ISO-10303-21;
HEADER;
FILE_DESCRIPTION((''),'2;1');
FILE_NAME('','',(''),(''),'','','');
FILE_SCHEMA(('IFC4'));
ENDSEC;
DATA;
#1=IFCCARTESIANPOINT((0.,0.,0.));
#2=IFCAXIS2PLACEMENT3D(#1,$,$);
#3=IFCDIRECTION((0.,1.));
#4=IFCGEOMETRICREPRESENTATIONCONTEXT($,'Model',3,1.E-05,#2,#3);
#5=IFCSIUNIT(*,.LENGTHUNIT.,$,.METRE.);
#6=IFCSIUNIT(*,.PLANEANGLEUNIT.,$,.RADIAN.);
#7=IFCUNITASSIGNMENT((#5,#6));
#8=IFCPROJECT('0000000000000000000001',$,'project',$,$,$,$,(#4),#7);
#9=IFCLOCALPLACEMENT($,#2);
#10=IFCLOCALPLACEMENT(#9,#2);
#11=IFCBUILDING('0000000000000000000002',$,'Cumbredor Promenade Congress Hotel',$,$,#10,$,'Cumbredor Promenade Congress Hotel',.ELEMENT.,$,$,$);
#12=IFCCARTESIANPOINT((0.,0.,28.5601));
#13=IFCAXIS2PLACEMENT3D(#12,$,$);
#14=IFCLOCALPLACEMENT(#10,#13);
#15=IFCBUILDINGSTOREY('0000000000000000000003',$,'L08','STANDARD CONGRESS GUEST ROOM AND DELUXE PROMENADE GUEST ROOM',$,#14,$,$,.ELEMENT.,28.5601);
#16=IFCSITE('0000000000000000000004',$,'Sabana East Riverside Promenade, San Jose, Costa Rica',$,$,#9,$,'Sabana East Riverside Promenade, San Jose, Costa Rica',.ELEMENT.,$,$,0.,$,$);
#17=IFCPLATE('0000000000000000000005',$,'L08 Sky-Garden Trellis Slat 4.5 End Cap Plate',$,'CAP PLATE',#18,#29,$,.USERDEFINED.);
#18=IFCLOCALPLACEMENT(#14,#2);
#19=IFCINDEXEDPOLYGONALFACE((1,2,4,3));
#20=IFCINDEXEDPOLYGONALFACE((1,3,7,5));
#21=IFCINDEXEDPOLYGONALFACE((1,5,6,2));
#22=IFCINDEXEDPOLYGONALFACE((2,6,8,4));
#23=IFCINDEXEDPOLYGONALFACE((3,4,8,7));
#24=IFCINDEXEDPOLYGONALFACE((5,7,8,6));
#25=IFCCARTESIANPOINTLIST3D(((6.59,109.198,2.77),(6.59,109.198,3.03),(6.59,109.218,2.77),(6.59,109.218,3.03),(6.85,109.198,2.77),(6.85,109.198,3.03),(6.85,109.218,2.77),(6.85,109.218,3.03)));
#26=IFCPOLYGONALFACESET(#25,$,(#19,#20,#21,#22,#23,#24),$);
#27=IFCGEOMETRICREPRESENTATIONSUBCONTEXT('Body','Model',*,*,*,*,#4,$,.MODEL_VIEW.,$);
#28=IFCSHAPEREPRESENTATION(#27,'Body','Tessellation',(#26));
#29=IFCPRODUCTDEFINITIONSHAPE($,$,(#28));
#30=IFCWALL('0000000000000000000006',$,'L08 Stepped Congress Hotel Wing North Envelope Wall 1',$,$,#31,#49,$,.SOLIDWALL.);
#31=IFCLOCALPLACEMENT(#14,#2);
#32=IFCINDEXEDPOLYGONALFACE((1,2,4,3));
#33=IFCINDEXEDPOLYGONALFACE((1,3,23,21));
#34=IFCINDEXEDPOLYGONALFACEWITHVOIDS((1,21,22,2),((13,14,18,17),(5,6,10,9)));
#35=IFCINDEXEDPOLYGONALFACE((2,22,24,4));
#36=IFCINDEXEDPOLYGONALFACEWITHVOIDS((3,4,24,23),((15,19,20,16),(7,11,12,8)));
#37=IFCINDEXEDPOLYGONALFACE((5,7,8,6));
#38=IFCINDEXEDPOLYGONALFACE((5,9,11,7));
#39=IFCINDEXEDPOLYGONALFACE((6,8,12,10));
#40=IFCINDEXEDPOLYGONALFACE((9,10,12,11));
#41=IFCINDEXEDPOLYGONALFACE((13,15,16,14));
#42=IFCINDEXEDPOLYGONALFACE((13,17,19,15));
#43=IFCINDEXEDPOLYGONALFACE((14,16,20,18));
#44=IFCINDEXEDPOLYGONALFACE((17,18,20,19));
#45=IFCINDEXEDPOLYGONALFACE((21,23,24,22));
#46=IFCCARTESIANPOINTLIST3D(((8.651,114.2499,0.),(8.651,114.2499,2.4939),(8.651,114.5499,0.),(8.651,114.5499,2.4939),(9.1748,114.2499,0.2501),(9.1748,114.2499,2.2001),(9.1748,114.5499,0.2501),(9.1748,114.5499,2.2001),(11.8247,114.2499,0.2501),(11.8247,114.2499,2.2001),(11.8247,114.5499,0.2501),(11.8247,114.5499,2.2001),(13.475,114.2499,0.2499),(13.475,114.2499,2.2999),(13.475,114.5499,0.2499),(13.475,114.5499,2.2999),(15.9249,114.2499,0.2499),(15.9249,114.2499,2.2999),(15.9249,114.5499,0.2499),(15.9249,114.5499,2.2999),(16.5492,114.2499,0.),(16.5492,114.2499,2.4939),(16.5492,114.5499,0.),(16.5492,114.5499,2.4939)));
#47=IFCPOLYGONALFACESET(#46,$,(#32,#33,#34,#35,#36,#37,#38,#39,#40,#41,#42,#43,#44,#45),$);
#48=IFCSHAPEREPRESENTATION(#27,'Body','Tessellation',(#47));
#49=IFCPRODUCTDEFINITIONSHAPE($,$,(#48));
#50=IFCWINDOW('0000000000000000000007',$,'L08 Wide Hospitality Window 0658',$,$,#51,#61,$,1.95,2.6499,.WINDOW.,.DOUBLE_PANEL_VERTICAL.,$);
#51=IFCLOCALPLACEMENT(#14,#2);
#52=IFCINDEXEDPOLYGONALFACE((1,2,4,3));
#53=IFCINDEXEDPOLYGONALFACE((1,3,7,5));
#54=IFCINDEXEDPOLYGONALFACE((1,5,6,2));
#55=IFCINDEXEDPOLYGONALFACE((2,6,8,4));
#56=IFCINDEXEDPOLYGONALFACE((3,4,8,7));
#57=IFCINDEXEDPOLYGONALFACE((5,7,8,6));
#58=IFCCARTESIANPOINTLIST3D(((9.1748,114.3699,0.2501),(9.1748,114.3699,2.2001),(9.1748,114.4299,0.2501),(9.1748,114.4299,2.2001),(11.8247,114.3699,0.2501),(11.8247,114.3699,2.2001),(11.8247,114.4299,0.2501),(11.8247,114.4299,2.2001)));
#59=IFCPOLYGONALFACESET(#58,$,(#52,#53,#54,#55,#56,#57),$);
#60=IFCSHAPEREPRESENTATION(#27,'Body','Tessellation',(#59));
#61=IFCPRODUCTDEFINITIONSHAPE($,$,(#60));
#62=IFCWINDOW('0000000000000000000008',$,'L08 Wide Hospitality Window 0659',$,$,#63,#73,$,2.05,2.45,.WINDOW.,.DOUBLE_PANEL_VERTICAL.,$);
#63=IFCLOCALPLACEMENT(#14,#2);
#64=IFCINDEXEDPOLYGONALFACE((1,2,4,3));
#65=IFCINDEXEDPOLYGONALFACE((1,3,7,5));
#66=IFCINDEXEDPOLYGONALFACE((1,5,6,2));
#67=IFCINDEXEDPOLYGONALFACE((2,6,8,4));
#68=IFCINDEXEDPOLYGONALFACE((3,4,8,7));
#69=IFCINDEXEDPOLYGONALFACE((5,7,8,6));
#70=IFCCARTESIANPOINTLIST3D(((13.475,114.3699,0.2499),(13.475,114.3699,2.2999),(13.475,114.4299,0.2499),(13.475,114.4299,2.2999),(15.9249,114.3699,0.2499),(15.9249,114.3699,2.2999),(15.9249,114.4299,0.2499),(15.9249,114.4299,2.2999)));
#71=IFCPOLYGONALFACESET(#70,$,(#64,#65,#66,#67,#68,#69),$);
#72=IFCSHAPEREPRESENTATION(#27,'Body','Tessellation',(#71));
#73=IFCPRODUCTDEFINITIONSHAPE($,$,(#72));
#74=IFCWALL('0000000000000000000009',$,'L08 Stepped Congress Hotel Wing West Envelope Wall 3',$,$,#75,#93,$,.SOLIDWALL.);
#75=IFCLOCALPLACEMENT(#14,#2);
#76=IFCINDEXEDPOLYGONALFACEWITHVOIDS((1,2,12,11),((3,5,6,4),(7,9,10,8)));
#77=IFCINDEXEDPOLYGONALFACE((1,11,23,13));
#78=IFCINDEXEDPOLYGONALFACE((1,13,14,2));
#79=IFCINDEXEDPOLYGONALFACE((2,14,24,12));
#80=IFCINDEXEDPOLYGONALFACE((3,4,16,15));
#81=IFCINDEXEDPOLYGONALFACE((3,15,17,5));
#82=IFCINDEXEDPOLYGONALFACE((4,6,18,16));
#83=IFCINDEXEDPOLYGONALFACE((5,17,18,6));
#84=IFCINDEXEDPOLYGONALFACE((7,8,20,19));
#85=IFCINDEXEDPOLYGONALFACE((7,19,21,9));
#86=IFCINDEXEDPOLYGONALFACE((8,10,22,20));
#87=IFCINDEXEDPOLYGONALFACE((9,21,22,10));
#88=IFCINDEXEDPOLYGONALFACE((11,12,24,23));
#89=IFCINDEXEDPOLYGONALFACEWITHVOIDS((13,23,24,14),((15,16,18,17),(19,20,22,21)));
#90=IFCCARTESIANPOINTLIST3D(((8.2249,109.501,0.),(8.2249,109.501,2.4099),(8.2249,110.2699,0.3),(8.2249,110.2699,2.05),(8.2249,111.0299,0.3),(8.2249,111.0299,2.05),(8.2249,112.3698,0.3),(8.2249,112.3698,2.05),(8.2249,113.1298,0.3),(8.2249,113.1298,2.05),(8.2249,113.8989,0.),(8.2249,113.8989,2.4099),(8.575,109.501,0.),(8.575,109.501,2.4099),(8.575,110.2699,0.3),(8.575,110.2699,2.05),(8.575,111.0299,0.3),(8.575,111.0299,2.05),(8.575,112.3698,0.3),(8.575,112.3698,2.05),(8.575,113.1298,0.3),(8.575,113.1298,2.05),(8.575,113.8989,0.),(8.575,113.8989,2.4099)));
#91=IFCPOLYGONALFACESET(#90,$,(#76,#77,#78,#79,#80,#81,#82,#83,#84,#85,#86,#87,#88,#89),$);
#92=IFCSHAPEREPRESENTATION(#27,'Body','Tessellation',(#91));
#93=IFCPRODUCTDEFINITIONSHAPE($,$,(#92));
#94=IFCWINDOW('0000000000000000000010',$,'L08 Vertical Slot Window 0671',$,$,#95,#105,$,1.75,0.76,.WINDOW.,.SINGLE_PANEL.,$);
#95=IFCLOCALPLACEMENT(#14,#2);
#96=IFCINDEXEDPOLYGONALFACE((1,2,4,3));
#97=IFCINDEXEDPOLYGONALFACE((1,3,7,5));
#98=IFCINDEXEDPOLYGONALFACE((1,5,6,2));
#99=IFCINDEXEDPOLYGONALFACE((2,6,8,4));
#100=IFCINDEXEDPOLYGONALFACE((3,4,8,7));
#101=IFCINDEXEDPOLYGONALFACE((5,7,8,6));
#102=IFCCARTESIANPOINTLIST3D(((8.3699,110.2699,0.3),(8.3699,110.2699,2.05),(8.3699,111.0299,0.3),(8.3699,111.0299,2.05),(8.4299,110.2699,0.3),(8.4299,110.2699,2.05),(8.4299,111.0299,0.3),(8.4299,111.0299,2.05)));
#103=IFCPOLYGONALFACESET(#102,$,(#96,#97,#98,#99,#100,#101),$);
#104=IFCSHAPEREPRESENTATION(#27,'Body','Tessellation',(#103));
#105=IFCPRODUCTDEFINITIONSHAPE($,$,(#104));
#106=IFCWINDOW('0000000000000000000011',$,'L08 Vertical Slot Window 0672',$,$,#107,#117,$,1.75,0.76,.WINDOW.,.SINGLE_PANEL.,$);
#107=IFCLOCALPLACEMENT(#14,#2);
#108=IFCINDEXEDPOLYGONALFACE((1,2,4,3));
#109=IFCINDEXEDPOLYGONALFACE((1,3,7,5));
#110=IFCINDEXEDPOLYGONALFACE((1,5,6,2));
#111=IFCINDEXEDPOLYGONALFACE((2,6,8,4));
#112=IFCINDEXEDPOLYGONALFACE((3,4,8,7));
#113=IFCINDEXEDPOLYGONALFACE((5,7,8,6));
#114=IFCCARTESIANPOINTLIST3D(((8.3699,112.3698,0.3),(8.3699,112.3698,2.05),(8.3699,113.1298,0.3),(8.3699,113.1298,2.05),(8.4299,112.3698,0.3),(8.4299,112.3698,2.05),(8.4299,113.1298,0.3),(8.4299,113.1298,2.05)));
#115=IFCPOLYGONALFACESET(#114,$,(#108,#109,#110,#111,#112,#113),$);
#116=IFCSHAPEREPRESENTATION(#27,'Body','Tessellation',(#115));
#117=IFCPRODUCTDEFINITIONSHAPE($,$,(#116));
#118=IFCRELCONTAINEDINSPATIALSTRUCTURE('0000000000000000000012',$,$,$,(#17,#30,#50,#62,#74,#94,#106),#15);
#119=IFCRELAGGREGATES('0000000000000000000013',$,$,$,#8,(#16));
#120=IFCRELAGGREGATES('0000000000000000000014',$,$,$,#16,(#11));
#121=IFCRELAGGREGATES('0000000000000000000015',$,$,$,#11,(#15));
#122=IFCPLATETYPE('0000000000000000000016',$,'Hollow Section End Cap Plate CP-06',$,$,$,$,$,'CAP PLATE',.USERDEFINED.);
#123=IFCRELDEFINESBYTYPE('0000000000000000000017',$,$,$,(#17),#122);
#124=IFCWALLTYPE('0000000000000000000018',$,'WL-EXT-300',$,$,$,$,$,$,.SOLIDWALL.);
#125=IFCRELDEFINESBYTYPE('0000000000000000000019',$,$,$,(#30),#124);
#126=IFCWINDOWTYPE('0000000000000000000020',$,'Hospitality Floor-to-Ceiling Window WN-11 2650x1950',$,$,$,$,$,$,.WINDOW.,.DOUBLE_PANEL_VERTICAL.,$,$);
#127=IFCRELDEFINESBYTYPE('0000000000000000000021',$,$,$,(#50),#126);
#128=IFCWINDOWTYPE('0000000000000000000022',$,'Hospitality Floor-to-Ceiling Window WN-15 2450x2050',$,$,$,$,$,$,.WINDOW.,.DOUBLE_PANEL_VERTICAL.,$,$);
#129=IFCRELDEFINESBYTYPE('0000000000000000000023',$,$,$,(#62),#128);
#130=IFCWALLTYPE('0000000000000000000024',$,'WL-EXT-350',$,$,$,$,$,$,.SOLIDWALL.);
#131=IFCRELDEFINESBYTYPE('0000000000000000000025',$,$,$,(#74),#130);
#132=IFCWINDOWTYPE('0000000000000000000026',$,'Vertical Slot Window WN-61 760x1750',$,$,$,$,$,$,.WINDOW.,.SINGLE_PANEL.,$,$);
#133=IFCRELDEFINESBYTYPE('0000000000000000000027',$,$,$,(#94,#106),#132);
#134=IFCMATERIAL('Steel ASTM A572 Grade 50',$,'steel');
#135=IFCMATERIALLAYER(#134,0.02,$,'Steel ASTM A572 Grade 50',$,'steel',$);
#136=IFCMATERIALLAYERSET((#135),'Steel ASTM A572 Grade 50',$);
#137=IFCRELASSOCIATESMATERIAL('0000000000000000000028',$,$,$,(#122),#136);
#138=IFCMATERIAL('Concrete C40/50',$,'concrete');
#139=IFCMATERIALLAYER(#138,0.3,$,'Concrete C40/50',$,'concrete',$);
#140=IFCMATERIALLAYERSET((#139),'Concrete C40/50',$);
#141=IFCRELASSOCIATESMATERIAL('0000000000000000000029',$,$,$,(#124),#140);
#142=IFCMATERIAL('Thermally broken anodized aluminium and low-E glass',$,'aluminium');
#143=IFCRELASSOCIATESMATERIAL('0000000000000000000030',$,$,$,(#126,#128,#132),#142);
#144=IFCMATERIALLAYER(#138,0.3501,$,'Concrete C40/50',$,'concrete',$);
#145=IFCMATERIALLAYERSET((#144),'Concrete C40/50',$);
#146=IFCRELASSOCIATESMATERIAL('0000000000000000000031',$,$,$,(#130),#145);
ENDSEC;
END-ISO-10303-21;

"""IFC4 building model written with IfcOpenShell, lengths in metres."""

from ifc_helpers import new_model, si_unit, direction, frame, frame_2d, origin, origin_2d, place, context, subcontext, project, spatial, rectangle, extrude, material, layer, layer_set, type_object, element, fill, save


model = new_model("IFC4")

# Units and contexts
model_context = context("Model", 3, precision=1e-05, world=origin(), true_north=direction((0.0, 1.0)))
body_context = subcontext(model_context, "Body", "Model", "MODEL_VIEW")
ifc_project = project(units=[si_unit("LENGTHUNIT", "METRE"), si_unit("PLANEANGLEUNIT", "RADIAN")], contexts=[model_context])

# Site, building, storey
site_placement = place(None, origin())
site = spatial("IfcSite", under=ifc_project, at=site_placement, Name="Sabana East Riverside Promenade, San Jose, Costa Rica", LongName="Sabana East Riverside Promenade, San Jose, Costa Rica", CompositionType="ELEMENT", RefElevation=0.0)
building_placement = place(site_placement, origin())
building = spatial("IfcBuilding", under=site, at=building_placement, Name="Cumbredor Promenade Congress Hotel", LongName="Cumbredor Promenade Congress Hotel", CompositionType="ELEMENT")
storey_placement = place(building_placement, frame((0.0, 0.0, 28.5601)))
storey = spatial("IfcBuildingStorey", under=building, at=storey_placement, Name="L08", Description="STANDARD CONGRESS GUEST ROOM AND DELUXE PROMENADE GUEST ROOM", CompositionType="ELEMENT", Elevation=28.5601)

# Shared definitions
ifc_material_1 = material(Name="Concrete C40/50", Category="concrete")

# Shared definitions
ifc_material_2 = material(Name="Thermally broken anodized aluminium and low-E glass", Category="aluminium")

# Plate
ifc_material_3 = material(Name="Steel ASTM A572 Grade 50", Category="steel")
ifc_layer_1 = layer(ifc_material_3, 0.02, Name="Steel ASTM A572 Grade 50", Category="steel")
ifc_layer_set_1 = layer_set([ifc_layer_1], Name="Steel ASTM A572 Grade 50")
plate_type_1 = type_object("IfcPlateType", Name="Hollow Section End Cap Plate CP-06", ElementType="CAP PLATE", PredefinedType="USERDEFINED", material=ifc_layer_set_1)
for number, where, z_axis, x_axis, name in (
    (1, (6.72, 109.208, 2.77), (0.0, 0.0, 1.0), (0.0, 1.0, 0.0), "L08 Sky-Garden Trellis Slat 4.5 End Cap Plate"),
):
    element("IfcPlate", number, at=place(storey_placement, frame(where, z_axis=z_axis, x_axis=x_axis)), inside=storey, type_object=plate_type_1, Name=name, ObjectType="CAP PLATE", PredefinedType="USERDEFINED", context=body_context, shape_type="SweptSolid", body=[
        extrude(rectangle(XDim=0.02, YDim=0.26, at=origin_2d()), origin(), (0.0, 0.0, 1.0), 0.26),
    ])

# Walls, openings, windows
ifc_layer_2 = layer(ifc_material_1, 0.3, Name="Concrete C40/50", Category="concrete")
ifc_layer_set_2 = layer_set([ifc_layer_2], Name="Concrete C40/50")
wall_type_1 = type_object("IfcWallType", Name="WL-EXT-300", PredefinedType="SOLIDWALL", material=ifc_layer_set_2)
wall_1_placement = place(storey_placement, frame((8.6509, 114.3999, 0.0), z_axis=(0.0, 0.0, 1.0), x_axis=(1.0, 0.0, 0.0)))
wall_1 = element("IfcWall", 2, at=wall_1_placement, inside=storey, type_object=wall_type_1, Name="L08 Stepped Congress Hotel Wing North Envelope Wall 1", PredefinedType="SOLIDWALL", context=body_context, shape_type="SweptSolid", body=[
    extrude(rectangle(XDim=7.8982, YDim=0.3, at=frame_2d((3.9492, 0.0))), origin(), (0.0, 0.0, 1.0), 2.4939),
])
opening_1_placement = place(wall_1_placement, frame((0.5239, 0.0, 0.25)))
opening_1 = element("IfcOpeningElement", 3, at=opening_1_placement, cuts=wall_1, PredefinedType="OPENING", context=body_context, shape_type="SweptSolid", body=[
    extrude(rectangle(XDim=2.6499, YDim=1.95, at=frame_2d((1.325, 0.9751))), frame((0.0, 0.1602, 0.0), z_axis=(0.0, -1.0, 0.0), x_axis=(1.0, 0.0, 0.0)), (0.0, 0.0, 1.0), 0.3201),
])
opening_2_placement = place(wall_1_placement, frame((4.824, 0.0, 0.25)))
opening_2 = element("IfcOpeningElement", 4, at=opening_2_placement, cuts=wall_1, PredefinedType="OPENING", context=body_context, shape_type="SweptSolid", body=[
    extrude(rectangle(XDim=2.45, YDim=2.05, at=frame_2d((1.2251, 1.0249))), frame((0.0, 0.1602, 0.0), z_axis=(0.0, -1.0, 0.0), x_axis=(1.0, 0.0, 0.0)), (0.0, 0.0, 1.0), 0.3201),
])
window_type_1 = type_object("IfcWindowType", Name="Hospitality Floor-to-Ceiling Window WN-11 2650x1950", PartitioningType="DOUBLE_PANEL_VERTICAL", PredefinedType="WINDOW", material=ifc_material_2)
window_1_placement = place(opening_1_placement, origin())
window_1 = element("IfcWindow", 5, at=window_1_placement, inside=storey, type_object=window_type_1, Name="L08 Wide Hospitality Window 0658", OverallHeight=1.95, OverallWidth=2.6499, PartitioningType="DOUBLE_PANEL_VERTICAL", PredefinedType="WINDOW", context=body_context, shape_type="SweptSolid", body=[
    extrude(rectangle(XDim=2.6499, YDim=1.95, at=frame_2d((1.325, 0.9751))), frame((0.0, 0.03, 0.0), z_axis=(0.0, -1.0, 0.0), x_axis=(1.0, 0.0, 0.0)), (0.0, 0.0, 1.0), 0.0601),
])
fill(opening_1, window_1)
window_type_2 = type_object("IfcWindowType", Name="Hospitality Floor-to-Ceiling Window WN-15 2450x2050", PartitioningType="DOUBLE_PANEL_VERTICAL", PredefinedType="WINDOW", material=ifc_material_2)
window_2_placement = place(opening_2_placement, origin())
window_2 = element("IfcWindow", 6, at=window_2_placement, inside=storey, type_object=window_type_2, Name="L08 Wide Hospitality Window 0659", OverallHeight=2.05, OverallWidth=2.45, PartitioningType="DOUBLE_PANEL_VERTICAL", PredefinedType="WINDOW", context=body_context, shape_type="SweptSolid", body=[
    extrude(rectangle(XDim=2.45, YDim=2.05, at=frame_2d((1.2251, 1.0249))), frame((0.0, 0.03, 0.0), z_axis=(0.0, -1.0, 0.0), x_axis=(1.0, 0.0, 0.0)), (0.0, 0.0, 1.0), 0.0601),
])
fill(opening_2, window_2)
ifc_layer_3 = layer(ifc_material_1, 0.3501, Name="Concrete C40/50", Category="concrete")
ifc_layer_set_3 = layer_set([ifc_layer_3], Name="Concrete C40/50")
wall_type_2 = type_object("IfcWallType", Name="WL-EXT-350", PredefinedType="SOLIDWALL", material=ifc_layer_set_3)
wall_2_placement = place(storey_placement, frame((8.3999, 109.501, 0.0), z_axis=(0.0, 0.0, 1.0), x_axis=(0.0, 1.0, 0.0)))
wall_2 = element("IfcWall", 7, at=wall_2_placement, inside=storey, type_object=wall_type_2, Name="L08 Stepped Congress Hotel Wing West Envelope Wall 3", PredefinedType="SOLIDWALL", context=body_context, shape_type="SweptSolid", body=[
    extrude(rectangle(XDim=4.3979, YDim=0.3501, at=frame_2d((2.199, 0.0))), origin(), (0.0, 0.0, 1.0), 2.4099),
])
opening_3_placement = place(wall_2_placement, frame((0.769, 0.0, 0.3)))
opening_3 = element("IfcOpeningElement", 8, at=opening_3_placement, cuts=wall_2, PredefinedType="OPENING", context=body_context, shape_type="SweptSolid", body=[
    extrude(rectangle(XDim=0.76, YDim=1.75, at=frame_2d((0.3799, 0.875))), frame((0.0, 0.1851, 0.0), z_axis=(0.0, -1.0, 0.0), x_axis=(1.0, 0.0, 0.0)), (0.0, 0.0, 1.0), 0.3701),
])
opening_4_placement = place(wall_2_placement, frame((2.8689, 0.0, 0.3)))
opening_4 = element("IfcOpeningElement", 9, at=opening_4_placement, cuts=wall_2, PredefinedType="OPENING", context=body_context, shape_type="SweptSolid", body=[
    extrude(rectangle(XDim=0.76, YDim=1.75, at=frame_2d((0.3799, 0.875))), frame((0.0, 0.1851, 0.0), z_axis=(0.0, -1.0, 0.0), x_axis=(1.0, 0.0, 0.0)), (0.0, 0.0, 1.0), 0.3701),
])
window_type_3 = type_object("IfcWindowType", Name="Vertical Slot Window WN-61 760x1750", PartitioningType="SINGLE_PANEL", PredefinedType="WINDOW", material=ifc_material_2)
window_3_placement = place(opening_3_placement, origin())
window_3 = element("IfcWindow", 10, at=window_3_placement, inside=storey, type_object=window_type_3, Name="L08 Vertical Slot Window 0671", OverallHeight=1.75, OverallWidth=0.76, PartitioningType="SINGLE_PANEL", PredefinedType="WINDOW", context=body_context, shape_type="SweptSolid", body=[
    extrude(rectangle(XDim=0.76, YDim=1.75, at=frame_2d((0.3799, 0.875))), frame((0.0, 0.03, 0.0), z_axis=(0.0, -1.0, 0.0), x_axis=(1.0, 0.0, 0.0)), (0.0, 0.0, 1.0), 0.0601),
])
fill(opening_3, window_3)
window_4_placement = place(opening_4_placement, origin())
window_4 = element("IfcWindow", 11, at=window_4_placement, inside=storey, type_object=window_type_3, Name="L08 Vertical Slot Window 0672", OverallHeight=1.75, OverallWidth=0.76, PartitioningType="SINGLE_PANEL", PredefinedType="WINDOW", context=body_context, shape_type="SweptSolid", body=[
    extrude(rectangle(XDim=0.76, YDim=1.75, at=frame_2d((0.3799, 0.875))), frame((0.0, 0.03, 0.0), z_axis=(0.0, -1.0, 0.0), x_axis=(1.0, 0.0, 0.0)), (0.0, 0.0, 1.0), 0.0601),
])
fill(opening_4, window_4)

save(model, "model.ifc")
